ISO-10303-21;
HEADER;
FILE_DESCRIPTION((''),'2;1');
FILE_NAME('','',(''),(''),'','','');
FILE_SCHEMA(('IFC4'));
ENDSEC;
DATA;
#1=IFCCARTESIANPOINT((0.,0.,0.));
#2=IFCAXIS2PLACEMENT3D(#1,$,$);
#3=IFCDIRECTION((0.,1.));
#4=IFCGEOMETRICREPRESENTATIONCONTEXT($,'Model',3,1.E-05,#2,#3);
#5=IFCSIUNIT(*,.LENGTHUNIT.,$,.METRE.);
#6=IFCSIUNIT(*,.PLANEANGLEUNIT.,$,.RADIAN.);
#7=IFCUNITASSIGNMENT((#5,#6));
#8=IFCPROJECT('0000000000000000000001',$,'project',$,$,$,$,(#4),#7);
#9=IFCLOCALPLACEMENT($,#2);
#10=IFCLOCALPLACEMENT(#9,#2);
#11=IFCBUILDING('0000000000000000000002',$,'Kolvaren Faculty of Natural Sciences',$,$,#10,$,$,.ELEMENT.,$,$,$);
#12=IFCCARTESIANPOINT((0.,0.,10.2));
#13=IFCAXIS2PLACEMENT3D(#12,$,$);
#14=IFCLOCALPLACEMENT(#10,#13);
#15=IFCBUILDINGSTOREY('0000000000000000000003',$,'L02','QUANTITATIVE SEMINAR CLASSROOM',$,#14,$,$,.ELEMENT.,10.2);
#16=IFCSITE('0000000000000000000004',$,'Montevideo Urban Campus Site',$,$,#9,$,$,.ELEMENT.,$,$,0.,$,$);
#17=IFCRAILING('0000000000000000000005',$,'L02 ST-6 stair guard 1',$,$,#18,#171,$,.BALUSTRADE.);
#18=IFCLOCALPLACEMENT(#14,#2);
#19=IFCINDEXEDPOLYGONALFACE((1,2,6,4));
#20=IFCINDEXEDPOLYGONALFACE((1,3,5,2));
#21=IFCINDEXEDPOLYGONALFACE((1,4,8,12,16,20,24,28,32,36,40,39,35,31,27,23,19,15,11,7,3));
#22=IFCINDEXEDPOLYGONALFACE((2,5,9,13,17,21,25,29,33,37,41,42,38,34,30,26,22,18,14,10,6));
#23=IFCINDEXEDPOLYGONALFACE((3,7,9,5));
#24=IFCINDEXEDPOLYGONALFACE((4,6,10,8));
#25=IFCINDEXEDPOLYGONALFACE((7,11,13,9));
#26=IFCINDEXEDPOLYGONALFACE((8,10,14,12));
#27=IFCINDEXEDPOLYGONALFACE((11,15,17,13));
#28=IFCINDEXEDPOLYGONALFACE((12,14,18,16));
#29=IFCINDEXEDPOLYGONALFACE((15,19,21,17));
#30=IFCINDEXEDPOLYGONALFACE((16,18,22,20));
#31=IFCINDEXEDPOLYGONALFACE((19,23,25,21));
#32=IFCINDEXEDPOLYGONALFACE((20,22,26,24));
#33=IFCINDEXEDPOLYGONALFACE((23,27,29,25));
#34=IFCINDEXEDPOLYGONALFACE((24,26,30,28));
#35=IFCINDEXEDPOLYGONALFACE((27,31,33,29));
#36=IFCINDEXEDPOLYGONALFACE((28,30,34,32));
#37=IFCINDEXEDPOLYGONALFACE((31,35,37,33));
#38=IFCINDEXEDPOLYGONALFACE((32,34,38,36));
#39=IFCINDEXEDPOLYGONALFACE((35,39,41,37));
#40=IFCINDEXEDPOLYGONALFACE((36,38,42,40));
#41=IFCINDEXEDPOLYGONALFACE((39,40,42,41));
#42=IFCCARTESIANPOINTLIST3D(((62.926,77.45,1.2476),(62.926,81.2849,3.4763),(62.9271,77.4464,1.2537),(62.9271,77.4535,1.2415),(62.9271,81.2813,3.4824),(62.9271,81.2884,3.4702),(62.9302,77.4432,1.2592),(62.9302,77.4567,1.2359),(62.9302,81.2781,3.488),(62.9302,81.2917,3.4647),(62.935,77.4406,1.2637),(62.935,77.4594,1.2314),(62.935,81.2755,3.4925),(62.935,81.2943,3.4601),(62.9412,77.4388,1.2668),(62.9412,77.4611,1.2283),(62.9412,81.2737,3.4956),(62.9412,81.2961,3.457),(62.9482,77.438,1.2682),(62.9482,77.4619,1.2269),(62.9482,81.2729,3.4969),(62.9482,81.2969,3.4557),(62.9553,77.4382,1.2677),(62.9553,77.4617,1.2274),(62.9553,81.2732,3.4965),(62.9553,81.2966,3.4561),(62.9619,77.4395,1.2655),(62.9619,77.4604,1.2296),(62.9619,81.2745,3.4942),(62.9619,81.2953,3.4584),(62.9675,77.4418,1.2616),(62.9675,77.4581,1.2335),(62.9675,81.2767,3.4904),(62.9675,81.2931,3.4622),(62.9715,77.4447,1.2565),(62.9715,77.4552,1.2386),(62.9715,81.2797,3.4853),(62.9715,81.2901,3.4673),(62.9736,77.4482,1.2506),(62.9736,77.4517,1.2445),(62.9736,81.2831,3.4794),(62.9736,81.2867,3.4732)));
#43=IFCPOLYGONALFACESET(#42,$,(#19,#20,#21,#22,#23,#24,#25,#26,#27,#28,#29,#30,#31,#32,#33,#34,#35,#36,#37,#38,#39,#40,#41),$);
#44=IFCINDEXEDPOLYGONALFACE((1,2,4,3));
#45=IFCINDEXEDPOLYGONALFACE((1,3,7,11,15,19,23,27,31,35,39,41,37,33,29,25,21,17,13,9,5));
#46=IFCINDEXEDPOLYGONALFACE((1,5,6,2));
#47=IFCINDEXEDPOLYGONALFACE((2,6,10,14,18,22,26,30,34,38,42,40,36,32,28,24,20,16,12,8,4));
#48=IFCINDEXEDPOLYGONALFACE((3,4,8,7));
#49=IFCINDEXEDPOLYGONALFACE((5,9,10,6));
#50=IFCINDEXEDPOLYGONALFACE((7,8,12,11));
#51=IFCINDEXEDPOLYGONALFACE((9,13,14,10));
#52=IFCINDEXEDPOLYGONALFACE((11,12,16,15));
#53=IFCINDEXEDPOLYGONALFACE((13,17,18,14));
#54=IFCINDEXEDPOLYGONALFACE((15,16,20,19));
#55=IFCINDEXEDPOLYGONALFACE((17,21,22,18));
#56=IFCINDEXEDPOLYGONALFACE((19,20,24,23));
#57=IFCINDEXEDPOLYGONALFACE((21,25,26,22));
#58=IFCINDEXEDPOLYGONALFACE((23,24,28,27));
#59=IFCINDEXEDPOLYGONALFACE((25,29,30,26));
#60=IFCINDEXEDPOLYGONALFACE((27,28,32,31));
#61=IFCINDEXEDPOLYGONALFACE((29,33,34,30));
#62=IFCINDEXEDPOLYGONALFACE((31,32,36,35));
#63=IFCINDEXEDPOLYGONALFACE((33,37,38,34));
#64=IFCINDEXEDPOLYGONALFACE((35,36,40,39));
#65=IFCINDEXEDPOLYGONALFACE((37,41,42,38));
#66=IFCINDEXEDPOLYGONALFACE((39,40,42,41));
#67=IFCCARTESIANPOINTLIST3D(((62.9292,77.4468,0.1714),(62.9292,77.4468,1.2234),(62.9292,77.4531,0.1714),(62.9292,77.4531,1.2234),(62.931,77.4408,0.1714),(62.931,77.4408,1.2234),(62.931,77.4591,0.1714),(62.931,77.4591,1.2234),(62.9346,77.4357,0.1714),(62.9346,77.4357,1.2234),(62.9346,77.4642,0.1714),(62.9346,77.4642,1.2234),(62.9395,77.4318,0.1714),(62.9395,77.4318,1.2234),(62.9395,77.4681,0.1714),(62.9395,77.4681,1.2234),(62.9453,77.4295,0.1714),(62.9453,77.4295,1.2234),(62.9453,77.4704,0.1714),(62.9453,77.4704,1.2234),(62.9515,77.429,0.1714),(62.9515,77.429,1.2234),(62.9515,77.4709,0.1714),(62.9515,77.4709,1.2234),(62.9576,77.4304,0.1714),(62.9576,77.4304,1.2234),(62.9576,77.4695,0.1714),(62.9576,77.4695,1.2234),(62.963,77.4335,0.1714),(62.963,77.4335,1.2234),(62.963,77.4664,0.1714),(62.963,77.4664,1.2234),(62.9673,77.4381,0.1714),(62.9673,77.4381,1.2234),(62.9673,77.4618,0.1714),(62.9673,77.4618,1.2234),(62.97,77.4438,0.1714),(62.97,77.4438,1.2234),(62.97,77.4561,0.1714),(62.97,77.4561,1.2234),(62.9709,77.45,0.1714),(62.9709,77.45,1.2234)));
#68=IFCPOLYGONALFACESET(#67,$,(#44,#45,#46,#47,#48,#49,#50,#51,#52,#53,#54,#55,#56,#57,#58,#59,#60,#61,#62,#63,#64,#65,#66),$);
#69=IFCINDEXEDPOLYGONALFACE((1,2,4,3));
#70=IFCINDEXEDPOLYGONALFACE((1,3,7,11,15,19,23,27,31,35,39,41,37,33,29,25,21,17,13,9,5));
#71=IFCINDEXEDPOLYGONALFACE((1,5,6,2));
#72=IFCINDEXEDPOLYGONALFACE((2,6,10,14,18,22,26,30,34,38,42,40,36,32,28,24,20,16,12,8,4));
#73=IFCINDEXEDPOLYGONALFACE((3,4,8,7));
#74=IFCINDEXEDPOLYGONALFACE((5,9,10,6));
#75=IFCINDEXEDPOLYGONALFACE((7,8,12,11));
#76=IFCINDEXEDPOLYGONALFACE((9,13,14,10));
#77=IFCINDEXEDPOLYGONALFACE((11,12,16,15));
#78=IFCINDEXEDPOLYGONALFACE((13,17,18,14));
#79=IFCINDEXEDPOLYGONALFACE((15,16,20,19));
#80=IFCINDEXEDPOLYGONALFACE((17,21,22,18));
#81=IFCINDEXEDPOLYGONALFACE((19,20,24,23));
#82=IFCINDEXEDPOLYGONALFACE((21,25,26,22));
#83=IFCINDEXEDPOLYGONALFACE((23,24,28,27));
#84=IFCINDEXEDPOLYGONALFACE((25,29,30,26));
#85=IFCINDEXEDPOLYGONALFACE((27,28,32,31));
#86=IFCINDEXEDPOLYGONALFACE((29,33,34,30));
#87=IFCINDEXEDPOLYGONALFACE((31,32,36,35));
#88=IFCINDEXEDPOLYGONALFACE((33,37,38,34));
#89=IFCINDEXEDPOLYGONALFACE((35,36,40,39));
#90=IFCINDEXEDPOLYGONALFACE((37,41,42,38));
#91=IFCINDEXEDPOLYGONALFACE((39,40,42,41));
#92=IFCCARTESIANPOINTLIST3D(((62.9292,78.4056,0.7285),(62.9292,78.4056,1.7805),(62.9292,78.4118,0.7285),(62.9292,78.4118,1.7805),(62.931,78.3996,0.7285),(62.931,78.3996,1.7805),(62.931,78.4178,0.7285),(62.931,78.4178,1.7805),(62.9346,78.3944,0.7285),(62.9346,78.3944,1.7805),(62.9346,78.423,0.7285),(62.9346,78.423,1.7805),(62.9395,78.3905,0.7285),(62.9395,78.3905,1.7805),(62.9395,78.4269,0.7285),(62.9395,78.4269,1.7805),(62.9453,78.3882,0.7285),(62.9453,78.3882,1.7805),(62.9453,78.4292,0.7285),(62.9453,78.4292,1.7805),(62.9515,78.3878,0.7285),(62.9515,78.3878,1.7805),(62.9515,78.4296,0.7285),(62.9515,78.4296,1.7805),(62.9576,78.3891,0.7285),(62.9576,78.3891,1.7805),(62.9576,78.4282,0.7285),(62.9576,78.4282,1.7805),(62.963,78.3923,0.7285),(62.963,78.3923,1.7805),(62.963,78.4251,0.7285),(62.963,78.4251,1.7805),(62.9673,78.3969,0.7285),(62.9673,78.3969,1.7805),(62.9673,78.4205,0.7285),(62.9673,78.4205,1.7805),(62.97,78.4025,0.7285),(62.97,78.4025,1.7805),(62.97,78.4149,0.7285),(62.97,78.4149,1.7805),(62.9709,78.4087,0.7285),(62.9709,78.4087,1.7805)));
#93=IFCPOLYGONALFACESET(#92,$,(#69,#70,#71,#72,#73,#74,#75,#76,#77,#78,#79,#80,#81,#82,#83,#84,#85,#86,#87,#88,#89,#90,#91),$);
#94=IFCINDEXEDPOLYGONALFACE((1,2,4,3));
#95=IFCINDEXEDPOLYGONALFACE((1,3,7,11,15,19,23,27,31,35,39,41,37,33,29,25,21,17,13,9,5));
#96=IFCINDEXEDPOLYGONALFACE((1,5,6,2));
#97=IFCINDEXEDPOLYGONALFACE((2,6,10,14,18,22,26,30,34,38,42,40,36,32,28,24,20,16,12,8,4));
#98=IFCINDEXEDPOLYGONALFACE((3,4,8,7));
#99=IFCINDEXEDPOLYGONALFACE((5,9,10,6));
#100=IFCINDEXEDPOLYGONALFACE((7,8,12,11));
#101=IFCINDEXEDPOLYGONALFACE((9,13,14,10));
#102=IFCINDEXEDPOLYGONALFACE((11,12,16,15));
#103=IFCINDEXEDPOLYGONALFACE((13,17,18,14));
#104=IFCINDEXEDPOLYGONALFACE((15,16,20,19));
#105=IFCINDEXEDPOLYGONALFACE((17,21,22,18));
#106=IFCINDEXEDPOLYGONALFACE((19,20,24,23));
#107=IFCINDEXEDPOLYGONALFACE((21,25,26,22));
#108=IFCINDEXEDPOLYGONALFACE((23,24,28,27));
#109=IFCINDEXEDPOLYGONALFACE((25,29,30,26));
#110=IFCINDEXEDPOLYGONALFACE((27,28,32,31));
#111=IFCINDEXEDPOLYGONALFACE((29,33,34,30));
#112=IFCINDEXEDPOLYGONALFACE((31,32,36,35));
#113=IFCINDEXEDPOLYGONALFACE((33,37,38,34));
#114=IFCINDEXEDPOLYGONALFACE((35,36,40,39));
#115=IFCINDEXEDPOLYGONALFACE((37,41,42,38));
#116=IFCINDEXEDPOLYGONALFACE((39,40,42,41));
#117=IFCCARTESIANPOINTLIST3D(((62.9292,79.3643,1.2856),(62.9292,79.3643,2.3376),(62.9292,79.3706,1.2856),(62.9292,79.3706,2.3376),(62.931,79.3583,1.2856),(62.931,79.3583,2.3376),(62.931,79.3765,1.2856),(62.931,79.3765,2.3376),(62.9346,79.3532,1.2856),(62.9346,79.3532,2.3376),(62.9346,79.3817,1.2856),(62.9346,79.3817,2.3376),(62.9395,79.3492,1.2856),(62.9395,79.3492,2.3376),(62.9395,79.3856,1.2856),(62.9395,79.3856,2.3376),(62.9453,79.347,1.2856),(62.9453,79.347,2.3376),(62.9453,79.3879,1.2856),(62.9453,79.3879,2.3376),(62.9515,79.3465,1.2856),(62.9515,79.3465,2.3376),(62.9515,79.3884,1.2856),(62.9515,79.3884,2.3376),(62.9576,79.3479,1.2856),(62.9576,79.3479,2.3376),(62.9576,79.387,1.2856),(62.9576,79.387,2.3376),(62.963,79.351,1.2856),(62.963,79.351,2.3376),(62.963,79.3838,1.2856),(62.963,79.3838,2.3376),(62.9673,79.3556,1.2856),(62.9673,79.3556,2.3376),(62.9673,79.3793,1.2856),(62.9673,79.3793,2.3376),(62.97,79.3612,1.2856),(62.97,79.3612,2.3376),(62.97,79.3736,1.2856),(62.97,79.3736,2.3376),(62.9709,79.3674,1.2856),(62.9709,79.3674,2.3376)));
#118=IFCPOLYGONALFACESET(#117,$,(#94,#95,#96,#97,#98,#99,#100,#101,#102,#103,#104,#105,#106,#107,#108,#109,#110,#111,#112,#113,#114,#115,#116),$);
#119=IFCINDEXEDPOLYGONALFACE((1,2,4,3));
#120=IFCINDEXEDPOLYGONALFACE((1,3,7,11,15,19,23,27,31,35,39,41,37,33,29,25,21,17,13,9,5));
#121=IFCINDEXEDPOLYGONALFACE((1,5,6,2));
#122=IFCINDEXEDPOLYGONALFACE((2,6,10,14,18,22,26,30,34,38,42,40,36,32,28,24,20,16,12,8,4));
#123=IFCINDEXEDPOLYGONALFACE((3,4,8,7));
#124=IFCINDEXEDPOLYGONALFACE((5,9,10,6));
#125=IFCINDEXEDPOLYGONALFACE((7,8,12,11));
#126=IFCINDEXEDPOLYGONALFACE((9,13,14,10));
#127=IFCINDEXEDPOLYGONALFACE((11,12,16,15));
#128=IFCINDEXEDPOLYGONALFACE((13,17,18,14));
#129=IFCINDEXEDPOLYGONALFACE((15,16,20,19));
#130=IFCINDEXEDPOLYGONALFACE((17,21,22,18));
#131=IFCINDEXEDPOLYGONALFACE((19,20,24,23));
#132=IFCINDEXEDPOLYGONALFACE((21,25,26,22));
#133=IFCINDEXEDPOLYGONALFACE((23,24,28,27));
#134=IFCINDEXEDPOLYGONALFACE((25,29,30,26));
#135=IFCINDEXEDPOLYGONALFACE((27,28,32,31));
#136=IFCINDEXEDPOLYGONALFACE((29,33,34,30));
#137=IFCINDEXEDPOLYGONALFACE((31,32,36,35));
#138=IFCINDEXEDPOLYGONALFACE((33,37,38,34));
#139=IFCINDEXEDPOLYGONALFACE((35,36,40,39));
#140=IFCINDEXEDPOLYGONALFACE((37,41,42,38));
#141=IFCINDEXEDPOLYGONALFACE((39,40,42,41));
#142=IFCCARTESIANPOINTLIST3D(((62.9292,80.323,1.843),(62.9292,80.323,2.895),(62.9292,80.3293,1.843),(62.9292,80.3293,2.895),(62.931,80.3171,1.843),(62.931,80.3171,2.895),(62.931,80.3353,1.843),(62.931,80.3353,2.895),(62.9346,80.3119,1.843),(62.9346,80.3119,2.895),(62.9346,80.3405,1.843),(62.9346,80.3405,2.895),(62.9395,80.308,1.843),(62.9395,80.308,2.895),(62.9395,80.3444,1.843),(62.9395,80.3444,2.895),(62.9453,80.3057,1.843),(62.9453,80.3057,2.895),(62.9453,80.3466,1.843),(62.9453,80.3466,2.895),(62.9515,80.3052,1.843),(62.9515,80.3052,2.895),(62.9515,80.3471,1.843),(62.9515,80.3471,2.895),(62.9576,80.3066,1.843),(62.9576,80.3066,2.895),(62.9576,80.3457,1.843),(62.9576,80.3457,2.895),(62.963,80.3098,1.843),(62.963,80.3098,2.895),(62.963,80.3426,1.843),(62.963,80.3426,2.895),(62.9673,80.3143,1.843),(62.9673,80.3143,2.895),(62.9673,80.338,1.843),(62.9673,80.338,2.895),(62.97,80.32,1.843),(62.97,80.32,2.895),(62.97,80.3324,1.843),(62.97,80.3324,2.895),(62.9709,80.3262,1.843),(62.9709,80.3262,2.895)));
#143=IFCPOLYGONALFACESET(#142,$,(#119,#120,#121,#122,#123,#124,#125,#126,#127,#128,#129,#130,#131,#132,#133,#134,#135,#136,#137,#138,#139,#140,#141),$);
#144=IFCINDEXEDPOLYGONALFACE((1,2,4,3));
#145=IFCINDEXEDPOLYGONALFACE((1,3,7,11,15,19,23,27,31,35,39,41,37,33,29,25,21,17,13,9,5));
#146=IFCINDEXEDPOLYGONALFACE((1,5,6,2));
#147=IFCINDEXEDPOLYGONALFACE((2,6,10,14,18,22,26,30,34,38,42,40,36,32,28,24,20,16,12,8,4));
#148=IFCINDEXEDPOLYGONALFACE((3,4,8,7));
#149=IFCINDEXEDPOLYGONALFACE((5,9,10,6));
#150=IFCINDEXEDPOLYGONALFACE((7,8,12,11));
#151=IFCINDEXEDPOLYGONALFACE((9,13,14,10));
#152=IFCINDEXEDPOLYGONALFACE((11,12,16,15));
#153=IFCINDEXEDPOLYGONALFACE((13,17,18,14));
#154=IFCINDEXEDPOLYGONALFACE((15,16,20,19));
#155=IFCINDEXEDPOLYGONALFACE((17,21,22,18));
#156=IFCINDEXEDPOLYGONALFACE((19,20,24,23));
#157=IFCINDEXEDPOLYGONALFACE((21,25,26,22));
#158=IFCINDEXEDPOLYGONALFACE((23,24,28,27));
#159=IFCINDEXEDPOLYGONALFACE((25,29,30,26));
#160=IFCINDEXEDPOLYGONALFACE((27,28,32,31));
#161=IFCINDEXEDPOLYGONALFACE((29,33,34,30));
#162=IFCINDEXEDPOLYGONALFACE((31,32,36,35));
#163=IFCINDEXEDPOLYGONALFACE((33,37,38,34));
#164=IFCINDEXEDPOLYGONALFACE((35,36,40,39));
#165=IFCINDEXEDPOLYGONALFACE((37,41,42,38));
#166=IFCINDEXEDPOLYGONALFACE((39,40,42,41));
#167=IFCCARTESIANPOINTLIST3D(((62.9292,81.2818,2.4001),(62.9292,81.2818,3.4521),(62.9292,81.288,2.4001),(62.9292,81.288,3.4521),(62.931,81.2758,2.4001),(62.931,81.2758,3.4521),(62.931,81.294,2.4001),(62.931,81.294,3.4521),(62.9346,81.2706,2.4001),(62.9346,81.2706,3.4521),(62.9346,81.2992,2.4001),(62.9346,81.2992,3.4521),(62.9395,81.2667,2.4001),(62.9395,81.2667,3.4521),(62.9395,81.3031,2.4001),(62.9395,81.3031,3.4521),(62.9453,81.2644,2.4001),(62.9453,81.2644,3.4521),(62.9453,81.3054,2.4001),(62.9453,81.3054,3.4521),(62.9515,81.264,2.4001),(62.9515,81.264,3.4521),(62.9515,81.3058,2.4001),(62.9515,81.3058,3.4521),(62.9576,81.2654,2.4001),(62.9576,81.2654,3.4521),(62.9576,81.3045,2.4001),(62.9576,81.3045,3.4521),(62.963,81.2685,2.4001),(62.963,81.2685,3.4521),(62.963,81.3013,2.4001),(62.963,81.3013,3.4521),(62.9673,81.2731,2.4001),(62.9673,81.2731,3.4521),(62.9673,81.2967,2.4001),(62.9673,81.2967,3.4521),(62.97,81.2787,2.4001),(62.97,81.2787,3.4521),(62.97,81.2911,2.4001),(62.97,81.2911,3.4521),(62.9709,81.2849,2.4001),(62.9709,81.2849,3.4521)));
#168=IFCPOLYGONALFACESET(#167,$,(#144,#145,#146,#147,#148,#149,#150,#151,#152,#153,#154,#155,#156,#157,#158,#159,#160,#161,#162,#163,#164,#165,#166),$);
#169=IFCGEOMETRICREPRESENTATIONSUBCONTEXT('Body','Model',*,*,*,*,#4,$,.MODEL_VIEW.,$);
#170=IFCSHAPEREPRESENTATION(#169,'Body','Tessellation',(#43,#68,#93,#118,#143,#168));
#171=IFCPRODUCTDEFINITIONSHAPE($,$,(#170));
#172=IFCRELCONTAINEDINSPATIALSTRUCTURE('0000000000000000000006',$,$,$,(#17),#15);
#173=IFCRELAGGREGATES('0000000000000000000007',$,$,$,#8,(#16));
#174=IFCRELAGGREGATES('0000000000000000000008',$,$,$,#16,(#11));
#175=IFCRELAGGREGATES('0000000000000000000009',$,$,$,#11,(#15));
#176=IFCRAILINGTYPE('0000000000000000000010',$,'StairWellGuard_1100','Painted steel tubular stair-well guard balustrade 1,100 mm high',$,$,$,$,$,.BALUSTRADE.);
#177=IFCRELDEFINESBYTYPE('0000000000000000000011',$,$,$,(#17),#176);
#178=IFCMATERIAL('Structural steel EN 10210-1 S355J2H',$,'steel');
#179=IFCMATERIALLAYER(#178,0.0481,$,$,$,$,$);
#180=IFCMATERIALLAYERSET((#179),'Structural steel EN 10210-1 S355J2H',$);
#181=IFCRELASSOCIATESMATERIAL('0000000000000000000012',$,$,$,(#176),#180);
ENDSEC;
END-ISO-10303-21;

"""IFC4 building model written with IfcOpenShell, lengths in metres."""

from ifc_helpers import new_model, si_unit, direction, frame, origin, origin_2d, place, context, subcontext, project, spatial, circle, extrude, material, layer, layer_set, type_object, element, save


model = new_model("IFC4")

# Units and contexts
model_context = context("Model", 3, precision=1e-05, world=origin(), true_north=direction((0.0, 1.0)))
body_context = subcontext(model_context, "Body", "Model", "MODEL_VIEW")
ifc_project = project(units=[si_unit("LENGTHUNIT", "METRE"), si_unit("PLANEANGLEUNIT", "RADIAN")], contexts=[model_context])

# Site, building, storey
site_placement = place(None, origin())
site = spatial("IfcSite", under=ifc_project, at=site_placement, Name="Montevideo Urban Campus Site", CompositionType="ELEMENT", RefElevation=0.0)
building_placement = place(site_placement, origin())
building = spatial("IfcBuilding", under=site, at=building_placement, Name="Kolvaren Faculty of Natural Sciences", CompositionType="ELEMENT")
storey_placement = place(building_placement, frame((0.0, 0.0, 10.2)))
storey = spatial("IfcBuildingStorey", under=building, at=storey_placement, Name="L02", Description="QUANTITATIVE SEMINAR CLASSROOM", CompositionType="ELEMENT", Elevation=10.2)

# Railing
ifc_material_1 = material(Name="Structural steel EN 10210-1 S355J2H", Category="steel")
ifc_layer_1 = layer(ifc_material_1, 0.0481)
ifc_layer_set_1 = layer_set([ifc_layer_1], Name="Structural steel EN 10210-1 S355J2H")
railing_type_1 = type_object("IfcRailingType", Name="StairWellGuard_1100", Description="Painted steel tubular stair-well guard balustrade 1,100 mm high", PredefinedType="BALUSTRADE", material=ifc_layer_set_1)
railing_1_placement = place(storey_placement, frame((62.95, 77.45, 0.1714)))
element("IfcRailing", 1, at=railing_1_placement, inside=storey, type_object=railing_type_1, Name="L02 ST-6 stair guard 1", PredefinedType="BALUSTRADE", context=body_context, shape_type="SweptSolid", body=[
    extrude(circle(Radius=0.0239, at=origin_2d()), frame((0.0, 0.0, 1.0762), z_axis=(0.0, 0.864592, 0.502474), x_axis=(-1.0, 0.0, 0.0)), (0.0, 0.0, 1.0), 4.4355),
    extrude(circle(Radius=0.021, at=origin_2d()), origin(), (0.0, 0.0, 1.0), 1.052),
    extrude(circle(Radius=0.021, at=origin_2d()), frame((0.0, 0.9587, 0.5571)), (0.0, 0.0, 1.0), 1.052),
    extrude(circle(Radius=0.021, at=origin_2d()), frame((0.0, 1.9175, 1.1143)), (0.0, 0.0, 1.0), 1.052),
    extrude(circle(Radius=0.021, at=origin_2d()), frame((0.0, 2.8762, 1.6716)), (0.0, 0.0, 1.0), 1.052),
    extrude(circle(Radius=0.021, at=origin_2d()), frame((0.0, 3.835, 2.2288)), (0.0, 0.0, 1.0), 1.052),
])

save(model, "model.ifc")
